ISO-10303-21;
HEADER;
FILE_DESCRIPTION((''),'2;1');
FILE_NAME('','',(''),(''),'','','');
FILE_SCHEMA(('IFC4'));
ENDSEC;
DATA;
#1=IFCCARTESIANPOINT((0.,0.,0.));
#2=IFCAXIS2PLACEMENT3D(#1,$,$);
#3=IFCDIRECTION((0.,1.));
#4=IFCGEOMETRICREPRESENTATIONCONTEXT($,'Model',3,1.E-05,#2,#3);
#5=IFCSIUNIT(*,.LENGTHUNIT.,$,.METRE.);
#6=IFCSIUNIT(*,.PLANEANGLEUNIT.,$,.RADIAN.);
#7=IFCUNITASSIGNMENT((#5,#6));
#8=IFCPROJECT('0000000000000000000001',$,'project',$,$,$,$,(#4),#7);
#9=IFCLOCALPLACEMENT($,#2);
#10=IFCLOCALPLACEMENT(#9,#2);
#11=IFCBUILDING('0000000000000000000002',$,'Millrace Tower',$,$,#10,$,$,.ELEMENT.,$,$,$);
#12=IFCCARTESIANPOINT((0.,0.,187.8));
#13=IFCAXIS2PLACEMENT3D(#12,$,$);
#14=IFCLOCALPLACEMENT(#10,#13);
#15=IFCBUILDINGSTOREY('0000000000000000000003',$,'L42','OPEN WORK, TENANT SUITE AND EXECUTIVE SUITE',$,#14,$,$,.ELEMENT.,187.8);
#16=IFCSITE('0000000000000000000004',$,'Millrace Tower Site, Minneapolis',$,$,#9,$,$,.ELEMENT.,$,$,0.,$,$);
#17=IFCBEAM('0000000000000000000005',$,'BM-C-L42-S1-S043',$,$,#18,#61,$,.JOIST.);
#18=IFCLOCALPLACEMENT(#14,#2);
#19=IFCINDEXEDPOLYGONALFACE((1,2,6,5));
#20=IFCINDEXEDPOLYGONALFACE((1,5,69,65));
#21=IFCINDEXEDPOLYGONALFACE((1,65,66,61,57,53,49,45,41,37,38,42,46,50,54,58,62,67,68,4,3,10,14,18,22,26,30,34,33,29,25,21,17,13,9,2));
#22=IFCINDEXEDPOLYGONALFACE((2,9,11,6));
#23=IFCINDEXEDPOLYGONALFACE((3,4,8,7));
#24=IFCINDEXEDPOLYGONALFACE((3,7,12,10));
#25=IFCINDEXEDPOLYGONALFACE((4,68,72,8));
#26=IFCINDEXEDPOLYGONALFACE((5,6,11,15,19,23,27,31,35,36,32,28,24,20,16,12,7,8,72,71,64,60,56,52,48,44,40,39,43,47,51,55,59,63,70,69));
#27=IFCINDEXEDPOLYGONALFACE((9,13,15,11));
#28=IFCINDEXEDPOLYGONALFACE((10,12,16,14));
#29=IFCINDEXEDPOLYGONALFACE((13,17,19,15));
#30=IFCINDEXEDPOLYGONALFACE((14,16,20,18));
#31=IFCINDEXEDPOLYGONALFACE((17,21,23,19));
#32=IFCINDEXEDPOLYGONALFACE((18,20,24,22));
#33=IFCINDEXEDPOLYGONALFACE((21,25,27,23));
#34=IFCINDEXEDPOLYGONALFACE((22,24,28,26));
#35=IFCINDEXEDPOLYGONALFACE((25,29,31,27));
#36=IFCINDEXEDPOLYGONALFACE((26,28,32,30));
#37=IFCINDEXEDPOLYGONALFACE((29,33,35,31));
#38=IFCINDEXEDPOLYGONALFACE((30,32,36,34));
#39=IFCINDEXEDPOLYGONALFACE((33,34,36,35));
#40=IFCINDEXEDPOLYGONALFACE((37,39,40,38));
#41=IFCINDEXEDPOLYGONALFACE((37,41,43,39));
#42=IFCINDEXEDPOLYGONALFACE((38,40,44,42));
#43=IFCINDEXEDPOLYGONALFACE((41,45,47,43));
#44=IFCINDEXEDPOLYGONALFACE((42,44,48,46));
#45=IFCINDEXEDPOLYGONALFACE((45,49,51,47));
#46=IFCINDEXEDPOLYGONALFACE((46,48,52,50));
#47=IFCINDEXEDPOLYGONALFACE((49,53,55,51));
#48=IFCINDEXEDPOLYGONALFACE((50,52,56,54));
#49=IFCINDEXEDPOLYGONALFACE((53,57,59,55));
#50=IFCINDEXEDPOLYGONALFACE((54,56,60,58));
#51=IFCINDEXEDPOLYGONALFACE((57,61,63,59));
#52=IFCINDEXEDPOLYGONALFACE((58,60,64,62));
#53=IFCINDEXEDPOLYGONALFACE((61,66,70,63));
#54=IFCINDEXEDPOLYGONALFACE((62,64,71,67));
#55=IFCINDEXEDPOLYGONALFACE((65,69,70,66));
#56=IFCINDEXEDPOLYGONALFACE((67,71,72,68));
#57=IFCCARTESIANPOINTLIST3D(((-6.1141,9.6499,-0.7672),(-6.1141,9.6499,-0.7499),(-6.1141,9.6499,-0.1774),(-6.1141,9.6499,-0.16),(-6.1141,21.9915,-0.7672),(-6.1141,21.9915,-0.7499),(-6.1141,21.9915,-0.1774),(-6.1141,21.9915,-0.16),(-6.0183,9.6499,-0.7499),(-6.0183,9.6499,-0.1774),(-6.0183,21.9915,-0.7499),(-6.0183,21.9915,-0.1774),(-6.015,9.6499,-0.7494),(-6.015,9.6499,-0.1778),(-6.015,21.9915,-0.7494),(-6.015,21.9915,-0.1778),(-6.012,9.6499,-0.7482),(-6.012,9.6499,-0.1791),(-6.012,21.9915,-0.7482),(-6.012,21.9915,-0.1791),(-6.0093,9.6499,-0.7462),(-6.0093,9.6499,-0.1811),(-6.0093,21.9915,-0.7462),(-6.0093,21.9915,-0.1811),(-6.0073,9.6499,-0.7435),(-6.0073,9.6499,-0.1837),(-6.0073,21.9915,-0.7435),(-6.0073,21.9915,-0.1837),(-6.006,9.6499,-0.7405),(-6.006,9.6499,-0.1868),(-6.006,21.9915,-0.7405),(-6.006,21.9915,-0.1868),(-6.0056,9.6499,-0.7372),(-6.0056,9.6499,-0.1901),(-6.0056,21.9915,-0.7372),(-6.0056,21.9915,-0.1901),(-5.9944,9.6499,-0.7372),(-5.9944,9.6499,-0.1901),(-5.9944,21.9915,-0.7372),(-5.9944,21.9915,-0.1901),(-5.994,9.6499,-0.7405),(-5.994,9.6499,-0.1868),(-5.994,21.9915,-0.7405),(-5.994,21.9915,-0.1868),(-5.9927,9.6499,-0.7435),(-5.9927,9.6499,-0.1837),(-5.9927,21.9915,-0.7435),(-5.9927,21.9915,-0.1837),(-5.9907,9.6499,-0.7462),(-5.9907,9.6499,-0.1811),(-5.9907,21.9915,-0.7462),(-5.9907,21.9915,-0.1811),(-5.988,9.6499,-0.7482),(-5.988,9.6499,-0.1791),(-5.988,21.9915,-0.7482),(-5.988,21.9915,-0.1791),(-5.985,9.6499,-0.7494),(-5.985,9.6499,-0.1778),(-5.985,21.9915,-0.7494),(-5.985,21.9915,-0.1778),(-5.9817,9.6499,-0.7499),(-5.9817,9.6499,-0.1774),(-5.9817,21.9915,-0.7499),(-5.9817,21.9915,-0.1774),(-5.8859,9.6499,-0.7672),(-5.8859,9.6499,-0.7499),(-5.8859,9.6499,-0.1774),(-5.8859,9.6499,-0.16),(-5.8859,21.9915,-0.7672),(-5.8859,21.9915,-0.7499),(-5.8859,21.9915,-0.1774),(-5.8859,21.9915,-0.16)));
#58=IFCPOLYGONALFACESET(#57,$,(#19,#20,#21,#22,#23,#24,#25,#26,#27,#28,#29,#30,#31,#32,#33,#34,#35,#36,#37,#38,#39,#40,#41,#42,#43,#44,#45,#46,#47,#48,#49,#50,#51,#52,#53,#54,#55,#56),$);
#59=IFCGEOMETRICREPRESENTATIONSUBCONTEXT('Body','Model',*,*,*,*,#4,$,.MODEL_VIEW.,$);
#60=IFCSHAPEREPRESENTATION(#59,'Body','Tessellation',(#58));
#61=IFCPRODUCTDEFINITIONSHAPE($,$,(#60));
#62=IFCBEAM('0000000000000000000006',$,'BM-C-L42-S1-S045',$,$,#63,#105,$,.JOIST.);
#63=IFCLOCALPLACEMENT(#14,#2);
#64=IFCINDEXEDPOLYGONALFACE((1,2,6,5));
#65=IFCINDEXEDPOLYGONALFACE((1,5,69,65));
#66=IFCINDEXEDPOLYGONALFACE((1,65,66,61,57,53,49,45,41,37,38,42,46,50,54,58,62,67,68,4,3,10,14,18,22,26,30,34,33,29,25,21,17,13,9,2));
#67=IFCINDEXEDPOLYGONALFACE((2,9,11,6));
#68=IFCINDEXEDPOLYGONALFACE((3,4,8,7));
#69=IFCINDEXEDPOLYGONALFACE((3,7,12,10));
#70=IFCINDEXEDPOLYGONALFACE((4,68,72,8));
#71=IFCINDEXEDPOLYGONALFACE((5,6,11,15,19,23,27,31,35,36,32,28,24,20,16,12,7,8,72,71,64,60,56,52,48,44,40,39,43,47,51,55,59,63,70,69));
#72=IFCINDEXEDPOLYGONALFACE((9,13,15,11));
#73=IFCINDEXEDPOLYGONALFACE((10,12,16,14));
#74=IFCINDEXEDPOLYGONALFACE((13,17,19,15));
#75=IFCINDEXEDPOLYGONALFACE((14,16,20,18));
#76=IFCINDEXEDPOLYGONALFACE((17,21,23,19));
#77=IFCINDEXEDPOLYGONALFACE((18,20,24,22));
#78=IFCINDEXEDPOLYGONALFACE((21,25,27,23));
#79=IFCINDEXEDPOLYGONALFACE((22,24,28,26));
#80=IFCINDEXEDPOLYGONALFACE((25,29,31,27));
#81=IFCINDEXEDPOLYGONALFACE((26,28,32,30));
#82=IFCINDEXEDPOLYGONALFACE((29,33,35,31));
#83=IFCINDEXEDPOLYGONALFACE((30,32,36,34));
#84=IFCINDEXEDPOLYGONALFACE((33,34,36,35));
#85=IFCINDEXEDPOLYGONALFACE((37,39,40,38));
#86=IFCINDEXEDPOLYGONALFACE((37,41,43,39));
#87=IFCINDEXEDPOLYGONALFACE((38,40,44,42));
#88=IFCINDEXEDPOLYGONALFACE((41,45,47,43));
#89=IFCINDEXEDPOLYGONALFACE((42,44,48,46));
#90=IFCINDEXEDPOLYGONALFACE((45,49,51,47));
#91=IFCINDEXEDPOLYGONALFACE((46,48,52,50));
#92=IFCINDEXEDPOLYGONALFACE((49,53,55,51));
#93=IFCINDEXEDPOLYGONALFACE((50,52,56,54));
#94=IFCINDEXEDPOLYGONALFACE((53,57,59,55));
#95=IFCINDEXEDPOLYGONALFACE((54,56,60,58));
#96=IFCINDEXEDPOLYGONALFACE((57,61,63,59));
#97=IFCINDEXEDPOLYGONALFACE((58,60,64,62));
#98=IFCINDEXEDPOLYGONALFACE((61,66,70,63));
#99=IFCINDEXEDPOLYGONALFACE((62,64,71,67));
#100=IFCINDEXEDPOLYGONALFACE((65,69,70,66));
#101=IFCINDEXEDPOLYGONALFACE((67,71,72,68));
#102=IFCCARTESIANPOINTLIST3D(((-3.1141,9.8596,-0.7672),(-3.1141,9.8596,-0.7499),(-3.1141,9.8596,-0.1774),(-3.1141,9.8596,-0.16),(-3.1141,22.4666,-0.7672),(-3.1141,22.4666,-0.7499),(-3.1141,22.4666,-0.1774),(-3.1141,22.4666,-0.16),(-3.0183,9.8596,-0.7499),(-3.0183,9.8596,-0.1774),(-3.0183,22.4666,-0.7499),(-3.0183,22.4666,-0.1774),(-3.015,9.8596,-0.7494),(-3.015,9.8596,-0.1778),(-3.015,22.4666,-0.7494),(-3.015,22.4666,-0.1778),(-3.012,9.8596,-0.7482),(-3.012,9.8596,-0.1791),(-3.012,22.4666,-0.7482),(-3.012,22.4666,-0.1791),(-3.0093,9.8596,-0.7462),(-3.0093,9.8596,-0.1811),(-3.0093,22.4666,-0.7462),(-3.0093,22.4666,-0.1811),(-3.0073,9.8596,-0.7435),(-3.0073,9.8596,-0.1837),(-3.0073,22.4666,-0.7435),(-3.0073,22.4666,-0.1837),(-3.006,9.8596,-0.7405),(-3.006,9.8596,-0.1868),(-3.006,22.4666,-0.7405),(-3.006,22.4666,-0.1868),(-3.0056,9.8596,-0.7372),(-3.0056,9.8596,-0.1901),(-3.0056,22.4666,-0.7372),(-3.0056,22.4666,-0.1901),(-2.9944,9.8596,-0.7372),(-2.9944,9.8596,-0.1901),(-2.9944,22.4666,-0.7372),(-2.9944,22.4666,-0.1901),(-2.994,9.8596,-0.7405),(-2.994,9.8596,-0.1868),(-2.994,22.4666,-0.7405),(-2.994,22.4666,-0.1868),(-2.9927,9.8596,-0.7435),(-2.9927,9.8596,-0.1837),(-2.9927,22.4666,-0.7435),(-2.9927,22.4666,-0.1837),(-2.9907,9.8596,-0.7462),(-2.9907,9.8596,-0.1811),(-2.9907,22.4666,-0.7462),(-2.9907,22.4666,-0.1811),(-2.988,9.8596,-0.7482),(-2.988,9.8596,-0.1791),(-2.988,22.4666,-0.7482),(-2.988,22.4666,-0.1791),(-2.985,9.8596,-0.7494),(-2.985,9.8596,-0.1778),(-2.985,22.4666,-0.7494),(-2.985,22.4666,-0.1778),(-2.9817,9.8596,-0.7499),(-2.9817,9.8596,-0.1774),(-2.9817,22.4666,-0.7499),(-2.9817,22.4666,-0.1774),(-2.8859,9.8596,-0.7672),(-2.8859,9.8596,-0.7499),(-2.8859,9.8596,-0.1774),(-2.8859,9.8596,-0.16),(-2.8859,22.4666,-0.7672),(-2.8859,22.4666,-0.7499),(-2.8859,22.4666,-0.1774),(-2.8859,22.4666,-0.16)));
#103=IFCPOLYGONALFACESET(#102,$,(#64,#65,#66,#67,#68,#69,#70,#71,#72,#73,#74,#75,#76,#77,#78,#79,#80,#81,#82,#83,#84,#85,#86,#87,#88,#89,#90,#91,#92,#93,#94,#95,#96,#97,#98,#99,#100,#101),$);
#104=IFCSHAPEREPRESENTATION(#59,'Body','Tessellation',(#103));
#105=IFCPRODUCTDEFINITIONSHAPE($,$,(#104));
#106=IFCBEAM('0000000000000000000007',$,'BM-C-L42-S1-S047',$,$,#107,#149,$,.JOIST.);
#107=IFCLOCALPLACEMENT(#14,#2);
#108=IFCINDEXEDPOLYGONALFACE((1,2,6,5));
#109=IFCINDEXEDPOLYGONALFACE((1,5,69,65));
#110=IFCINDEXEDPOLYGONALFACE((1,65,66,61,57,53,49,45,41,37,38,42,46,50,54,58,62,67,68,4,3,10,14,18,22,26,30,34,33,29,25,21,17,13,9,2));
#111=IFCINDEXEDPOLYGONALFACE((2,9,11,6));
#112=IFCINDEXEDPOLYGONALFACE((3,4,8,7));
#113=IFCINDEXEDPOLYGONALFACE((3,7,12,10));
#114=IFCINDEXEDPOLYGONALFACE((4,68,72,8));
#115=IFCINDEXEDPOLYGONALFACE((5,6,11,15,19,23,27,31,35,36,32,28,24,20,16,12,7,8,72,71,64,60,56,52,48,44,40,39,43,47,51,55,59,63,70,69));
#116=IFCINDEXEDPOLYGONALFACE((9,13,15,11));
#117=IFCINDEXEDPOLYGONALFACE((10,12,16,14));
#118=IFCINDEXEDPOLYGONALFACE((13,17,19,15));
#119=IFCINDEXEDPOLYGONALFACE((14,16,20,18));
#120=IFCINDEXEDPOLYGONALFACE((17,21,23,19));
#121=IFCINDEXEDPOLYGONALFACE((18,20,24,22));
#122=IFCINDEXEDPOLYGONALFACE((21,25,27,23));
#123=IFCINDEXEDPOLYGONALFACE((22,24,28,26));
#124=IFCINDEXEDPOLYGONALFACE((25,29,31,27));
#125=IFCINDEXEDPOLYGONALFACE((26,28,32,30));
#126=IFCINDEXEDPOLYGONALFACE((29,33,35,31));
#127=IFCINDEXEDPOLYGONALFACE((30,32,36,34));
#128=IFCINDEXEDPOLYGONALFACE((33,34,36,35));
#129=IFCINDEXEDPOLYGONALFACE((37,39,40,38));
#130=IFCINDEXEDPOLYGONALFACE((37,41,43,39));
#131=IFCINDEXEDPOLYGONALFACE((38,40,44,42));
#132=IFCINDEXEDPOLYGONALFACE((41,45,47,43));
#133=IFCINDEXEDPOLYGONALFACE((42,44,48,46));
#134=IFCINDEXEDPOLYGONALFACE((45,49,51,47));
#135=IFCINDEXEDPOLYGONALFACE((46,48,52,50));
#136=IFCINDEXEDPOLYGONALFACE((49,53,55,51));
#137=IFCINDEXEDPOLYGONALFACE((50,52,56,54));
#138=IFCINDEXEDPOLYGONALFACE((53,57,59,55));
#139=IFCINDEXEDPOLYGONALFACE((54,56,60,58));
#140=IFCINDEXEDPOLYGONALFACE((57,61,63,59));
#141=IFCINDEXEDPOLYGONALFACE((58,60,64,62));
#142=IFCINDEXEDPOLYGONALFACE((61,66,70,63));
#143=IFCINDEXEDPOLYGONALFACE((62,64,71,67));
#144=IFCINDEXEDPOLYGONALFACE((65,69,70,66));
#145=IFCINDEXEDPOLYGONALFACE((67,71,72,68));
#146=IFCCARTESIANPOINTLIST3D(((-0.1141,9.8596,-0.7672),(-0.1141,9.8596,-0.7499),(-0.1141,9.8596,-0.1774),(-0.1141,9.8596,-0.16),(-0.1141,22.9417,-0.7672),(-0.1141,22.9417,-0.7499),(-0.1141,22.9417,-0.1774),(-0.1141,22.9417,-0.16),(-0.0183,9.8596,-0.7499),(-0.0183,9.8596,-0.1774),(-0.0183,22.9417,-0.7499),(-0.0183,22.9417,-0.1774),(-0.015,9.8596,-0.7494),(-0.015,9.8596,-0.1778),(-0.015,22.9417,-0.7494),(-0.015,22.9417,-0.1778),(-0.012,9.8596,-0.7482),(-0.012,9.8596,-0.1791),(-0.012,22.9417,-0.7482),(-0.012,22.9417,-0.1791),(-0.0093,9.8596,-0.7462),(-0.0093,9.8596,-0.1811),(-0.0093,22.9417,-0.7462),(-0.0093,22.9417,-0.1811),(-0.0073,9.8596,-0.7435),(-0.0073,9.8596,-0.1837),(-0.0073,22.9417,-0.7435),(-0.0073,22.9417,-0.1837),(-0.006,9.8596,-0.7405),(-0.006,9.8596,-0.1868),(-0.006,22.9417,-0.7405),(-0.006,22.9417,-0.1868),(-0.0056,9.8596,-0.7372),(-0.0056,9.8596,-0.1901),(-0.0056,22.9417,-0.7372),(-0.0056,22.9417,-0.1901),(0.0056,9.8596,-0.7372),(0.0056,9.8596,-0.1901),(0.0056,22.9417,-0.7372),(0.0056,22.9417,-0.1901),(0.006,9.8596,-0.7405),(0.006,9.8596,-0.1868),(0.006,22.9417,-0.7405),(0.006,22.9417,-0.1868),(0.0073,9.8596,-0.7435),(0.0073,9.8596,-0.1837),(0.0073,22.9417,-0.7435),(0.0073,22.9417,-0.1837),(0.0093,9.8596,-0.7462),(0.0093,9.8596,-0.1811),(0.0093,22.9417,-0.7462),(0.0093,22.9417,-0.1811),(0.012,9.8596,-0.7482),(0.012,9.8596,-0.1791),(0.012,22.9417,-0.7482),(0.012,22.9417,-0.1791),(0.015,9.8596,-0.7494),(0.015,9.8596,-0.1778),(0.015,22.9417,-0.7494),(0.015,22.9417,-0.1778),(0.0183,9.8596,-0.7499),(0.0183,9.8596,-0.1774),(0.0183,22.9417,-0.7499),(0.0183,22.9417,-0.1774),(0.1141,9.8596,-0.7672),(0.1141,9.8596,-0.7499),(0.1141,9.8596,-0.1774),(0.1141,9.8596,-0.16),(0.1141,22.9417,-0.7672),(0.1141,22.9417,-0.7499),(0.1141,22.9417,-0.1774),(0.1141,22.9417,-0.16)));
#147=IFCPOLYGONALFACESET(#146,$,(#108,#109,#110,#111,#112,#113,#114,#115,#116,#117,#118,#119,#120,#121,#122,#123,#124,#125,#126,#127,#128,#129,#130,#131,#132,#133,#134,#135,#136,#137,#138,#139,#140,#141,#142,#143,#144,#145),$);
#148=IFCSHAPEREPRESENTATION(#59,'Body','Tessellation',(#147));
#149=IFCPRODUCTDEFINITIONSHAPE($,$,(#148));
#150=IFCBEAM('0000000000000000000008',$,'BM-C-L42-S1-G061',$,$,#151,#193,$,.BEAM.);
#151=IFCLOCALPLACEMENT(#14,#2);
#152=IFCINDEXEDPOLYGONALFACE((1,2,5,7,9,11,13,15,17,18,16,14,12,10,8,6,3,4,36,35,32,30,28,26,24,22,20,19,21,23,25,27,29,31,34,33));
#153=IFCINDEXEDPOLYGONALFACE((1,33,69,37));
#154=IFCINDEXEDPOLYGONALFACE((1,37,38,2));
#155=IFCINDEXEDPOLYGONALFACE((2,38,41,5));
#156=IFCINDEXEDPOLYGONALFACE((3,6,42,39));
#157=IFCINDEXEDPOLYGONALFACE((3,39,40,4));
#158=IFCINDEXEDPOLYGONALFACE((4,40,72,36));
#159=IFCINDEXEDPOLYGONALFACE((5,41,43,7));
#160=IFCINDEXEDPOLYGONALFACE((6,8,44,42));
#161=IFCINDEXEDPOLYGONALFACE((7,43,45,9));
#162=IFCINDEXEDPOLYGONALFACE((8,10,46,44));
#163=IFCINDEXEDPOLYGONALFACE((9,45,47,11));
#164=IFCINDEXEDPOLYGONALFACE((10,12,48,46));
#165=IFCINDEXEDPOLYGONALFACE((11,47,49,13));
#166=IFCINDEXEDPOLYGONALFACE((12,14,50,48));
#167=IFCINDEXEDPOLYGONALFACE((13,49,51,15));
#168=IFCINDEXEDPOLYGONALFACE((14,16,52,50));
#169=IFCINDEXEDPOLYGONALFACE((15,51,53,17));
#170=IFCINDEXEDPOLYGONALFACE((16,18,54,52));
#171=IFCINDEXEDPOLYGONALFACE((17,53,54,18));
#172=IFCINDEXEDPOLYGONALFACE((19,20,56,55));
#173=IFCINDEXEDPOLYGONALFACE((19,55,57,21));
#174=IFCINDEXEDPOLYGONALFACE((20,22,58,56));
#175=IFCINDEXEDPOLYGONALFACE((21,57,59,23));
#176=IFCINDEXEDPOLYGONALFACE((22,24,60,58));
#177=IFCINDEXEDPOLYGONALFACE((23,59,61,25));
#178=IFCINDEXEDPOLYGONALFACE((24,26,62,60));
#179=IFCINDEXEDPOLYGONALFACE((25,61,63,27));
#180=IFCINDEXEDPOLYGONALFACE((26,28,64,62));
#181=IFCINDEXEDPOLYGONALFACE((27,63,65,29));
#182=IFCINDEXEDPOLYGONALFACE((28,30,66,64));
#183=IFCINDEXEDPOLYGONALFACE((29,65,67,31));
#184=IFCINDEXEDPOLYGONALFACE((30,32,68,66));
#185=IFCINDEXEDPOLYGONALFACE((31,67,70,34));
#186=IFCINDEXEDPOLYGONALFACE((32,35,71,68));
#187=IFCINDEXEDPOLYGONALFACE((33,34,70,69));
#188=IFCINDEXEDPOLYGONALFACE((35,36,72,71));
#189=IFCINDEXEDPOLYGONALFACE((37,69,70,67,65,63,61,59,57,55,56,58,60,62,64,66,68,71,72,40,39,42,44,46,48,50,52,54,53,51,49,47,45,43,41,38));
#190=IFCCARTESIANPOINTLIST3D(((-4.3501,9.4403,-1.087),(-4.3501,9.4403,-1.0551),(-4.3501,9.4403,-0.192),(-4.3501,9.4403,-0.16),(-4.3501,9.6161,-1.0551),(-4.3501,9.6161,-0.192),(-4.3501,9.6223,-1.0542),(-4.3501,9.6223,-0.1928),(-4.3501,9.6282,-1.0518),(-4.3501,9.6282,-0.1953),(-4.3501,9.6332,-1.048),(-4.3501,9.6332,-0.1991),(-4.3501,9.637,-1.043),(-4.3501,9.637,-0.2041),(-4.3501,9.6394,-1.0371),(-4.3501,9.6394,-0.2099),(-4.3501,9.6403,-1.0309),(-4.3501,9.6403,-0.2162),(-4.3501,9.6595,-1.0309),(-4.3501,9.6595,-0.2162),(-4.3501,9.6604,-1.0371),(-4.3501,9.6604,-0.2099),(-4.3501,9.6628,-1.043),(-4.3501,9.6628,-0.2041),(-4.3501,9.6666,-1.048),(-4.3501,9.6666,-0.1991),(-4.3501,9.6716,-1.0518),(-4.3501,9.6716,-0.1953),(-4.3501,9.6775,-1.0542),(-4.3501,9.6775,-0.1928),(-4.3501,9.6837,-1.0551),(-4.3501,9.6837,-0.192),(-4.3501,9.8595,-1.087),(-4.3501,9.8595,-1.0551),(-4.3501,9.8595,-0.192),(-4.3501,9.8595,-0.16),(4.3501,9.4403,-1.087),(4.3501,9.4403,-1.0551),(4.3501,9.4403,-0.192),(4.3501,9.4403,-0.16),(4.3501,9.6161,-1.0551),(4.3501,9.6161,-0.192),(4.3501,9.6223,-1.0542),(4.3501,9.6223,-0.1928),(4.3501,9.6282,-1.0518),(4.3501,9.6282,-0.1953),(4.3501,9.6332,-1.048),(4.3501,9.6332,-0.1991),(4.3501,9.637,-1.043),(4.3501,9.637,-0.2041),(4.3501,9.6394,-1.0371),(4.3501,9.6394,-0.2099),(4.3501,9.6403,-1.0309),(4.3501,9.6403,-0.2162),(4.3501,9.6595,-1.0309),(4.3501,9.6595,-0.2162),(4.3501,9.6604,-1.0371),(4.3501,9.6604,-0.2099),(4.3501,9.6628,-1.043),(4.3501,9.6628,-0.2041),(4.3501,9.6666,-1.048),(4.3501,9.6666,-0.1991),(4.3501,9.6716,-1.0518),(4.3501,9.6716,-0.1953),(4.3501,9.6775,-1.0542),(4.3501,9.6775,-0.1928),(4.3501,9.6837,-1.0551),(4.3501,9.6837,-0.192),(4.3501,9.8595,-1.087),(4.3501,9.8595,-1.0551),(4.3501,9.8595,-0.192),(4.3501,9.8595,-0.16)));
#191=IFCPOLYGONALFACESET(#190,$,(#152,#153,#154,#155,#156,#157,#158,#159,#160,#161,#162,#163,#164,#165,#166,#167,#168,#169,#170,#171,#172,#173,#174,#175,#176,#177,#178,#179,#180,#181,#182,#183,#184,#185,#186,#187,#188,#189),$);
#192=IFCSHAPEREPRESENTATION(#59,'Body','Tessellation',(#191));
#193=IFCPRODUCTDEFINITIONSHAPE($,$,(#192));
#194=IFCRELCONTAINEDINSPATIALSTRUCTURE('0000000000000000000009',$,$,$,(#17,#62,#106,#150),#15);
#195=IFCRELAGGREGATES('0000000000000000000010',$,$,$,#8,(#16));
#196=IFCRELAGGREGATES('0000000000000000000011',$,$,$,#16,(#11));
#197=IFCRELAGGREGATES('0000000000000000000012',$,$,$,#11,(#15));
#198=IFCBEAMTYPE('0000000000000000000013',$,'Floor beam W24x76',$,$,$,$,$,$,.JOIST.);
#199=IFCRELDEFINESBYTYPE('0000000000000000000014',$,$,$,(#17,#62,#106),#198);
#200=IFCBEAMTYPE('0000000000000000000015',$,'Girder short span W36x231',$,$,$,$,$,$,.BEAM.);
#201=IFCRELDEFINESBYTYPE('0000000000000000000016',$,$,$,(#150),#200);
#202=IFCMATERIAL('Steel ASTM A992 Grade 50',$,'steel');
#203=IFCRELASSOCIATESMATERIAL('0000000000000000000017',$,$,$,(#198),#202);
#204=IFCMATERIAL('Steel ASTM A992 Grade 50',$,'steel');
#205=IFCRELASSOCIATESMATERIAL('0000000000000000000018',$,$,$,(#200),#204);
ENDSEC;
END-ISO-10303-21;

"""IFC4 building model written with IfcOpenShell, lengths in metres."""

from ifc_helpers import new_model, si_unit, direction, frame, origin, origin_2d, place, context, subcontext, project, spatial, i_section, extrude, material, material_profile, profile_set, type_object, element, save


model = new_model("IFC4")

# Units and contexts
model_context = context("Model", 3, precision=1e-05, world=origin(), true_north=direction((0.0, 1.0)))
body_context = subcontext(model_context, "Body", "Model", "MODEL_VIEW")
ifc_project = project(units=[si_unit("LENGTHUNIT", "METRE"), si_unit("PLANEANGLEUNIT", "RADIAN")], contexts=[model_context])

# Site, building, storey
site_placement = place(None, origin())
site = spatial("IfcSite", under=ifc_project, at=site_placement, Name="Millrace Tower Site, Minneapolis", CompositionType="ELEMENT", RefElevation=0.0)
building_placement = place(site_placement, origin())
building = spatial("IfcBuilding", under=site, at=building_placement, Name="Millrace Tower", CompositionType="ELEMENT")
storey_placement = place(building_placement, frame((0.0, 0.0, 187.8)))
storey = spatial("IfcBuildingStorey", under=building, at=storey_placement, Name="L42", Description="OPEN WORK, TENANT SUITE AND EXECUTIVE SUITE", CompositionType="ELEMENT", Elevation=187.8)

# Beams
ifc_material_1 = material(Name="Steel ASTM A992 Grade 50", Category="steel")
ifc_material_profile_1 = material_profile(ifc_material_1, i_section(OverallWidth=0.2283, OverallDepth=0.6072, WebThickness=0.0112, FlangeThickness=0.0173, FilletRadius=0.0127, at=origin_2d()))
ifc_profile_set_1 = profile_set([ifc_material_profile_1], Name="Steel ASTM A992 Grade 50")
beam_type_1 = type_object("IfcBeamType", Name="Floor beam W24x76", PredefinedType="JOIST", material=ifc_profile_set_1)
beam_1_placement = place(storey_placement, frame((-6.0, 9.6499, -0.4636), z_axis=(0.0, 1.0, 0.0), x_axis=(-1.0, 0.0, 0.0)))
element("IfcBeam", 1, at=beam_1_placement, inside=storey, type_object=beam_type_1, Name="BM-C-L42-S1-S043", PredefinedType="JOIST", context=body_context, shape_type="SweptSolid", body=[
    extrude(i_section(OverallWidth=0.2283, OverallDepth=0.6072, WebThickness=0.0112, FlangeThickness=0.0173, FilletRadius=0.0127, at=origin_2d()), origin(), (0.0, 0.0, 1.0), 12.3416),
])
beam_2_placement = place(storey_placement, frame((-3.0, 9.8596, -0.4636), z_axis=(0.0, 1.0, 0.0), x_axis=(-1.0, 0.0, 0.0)))
element("IfcBeam", 2, at=beam_2_placement, inside=storey, type_object=beam_type_1, Name="BM-C-L42-S1-S045", PredefinedType="JOIST", context=body_context, shape_type="SweptSolid", body=[
    extrude(i_section(OverallWidth=0.2283, OverallDepth=0.6072, WebThickness=0.0112, FlangeThickness=0.0173, FilletRadius=0.0127, at=origin_2d()), origin(), (0.0, 0.0, 1.0), 12.6069),
])
beam_3_placement = place(storey_placement, frame((0.0, 9.8596, -0.4636), z_axis=(0.0, 1.0, 0.0), x_axis=(-1.0, 0.0, 0.0)))
element("IfcBeam", 3, at=beam_3_placement, inside=storey, type_object=beam_type_1, Name="BM-C-L42-S1-S047", PredefinedType="JOIST", context=body_context, shape_type="SweptSolid", body=[
    extrude(i_section(OverallWidth=0.2283, OverallDepth=0.6072, WebThickness=0.0112, FlangeThickness=0.0173, FilletRadius=0.0127, at=origin_2d()), origin(), (0.0, 0.0, 1.0), 13.082),
])
ifc_material_2 = material(Name="Steel ASTM A992 Grade 50", Category="steel")
ifc_material_profile_2 = material_profile(ifc_material_2, i_section(OverallWidth=0.4192, OverallDepth=0.927, WebThickness=0.0193, FlangeThickness=0.032, FilletRadius=0.0242, at=origin_2d()))
ifc_profile_set_2 = profile_set([ifc_material_profile_2], Name="Steel ASTM A992 Grade 50")
beam_type_2 = type_object("IfcBeamType", Name="Girder short span W36x231", PredefinedType="BEAM", material=ifc_profile_set_2)
beam_4_placement = place(storey_placement, frame((-4.3501, 9.6499, -0.6235), z_axis=(1.0, 0.0, 0.0), x_axis=(0.0, 1.0, 0.0)))
element("IfcBeam", 4, at=beam_4_placement, inside=storey, type_object=beam_type_2, Name="BM-C-L42-S1-G061", PredefinedType="BEAM", context=body_context, shape_type="SweptSolid", body=[
    extrude(i_section(OverallWidth=0.4192, OverallDepth=0.927, WebThickness=0.0193, FlangeThickness=0.032, FilletRadius=0.0242, at=origin_2d()), origin(), (0.0, 0.0, 1.0), 8.7002),
])

save(model, "model.ifc")
